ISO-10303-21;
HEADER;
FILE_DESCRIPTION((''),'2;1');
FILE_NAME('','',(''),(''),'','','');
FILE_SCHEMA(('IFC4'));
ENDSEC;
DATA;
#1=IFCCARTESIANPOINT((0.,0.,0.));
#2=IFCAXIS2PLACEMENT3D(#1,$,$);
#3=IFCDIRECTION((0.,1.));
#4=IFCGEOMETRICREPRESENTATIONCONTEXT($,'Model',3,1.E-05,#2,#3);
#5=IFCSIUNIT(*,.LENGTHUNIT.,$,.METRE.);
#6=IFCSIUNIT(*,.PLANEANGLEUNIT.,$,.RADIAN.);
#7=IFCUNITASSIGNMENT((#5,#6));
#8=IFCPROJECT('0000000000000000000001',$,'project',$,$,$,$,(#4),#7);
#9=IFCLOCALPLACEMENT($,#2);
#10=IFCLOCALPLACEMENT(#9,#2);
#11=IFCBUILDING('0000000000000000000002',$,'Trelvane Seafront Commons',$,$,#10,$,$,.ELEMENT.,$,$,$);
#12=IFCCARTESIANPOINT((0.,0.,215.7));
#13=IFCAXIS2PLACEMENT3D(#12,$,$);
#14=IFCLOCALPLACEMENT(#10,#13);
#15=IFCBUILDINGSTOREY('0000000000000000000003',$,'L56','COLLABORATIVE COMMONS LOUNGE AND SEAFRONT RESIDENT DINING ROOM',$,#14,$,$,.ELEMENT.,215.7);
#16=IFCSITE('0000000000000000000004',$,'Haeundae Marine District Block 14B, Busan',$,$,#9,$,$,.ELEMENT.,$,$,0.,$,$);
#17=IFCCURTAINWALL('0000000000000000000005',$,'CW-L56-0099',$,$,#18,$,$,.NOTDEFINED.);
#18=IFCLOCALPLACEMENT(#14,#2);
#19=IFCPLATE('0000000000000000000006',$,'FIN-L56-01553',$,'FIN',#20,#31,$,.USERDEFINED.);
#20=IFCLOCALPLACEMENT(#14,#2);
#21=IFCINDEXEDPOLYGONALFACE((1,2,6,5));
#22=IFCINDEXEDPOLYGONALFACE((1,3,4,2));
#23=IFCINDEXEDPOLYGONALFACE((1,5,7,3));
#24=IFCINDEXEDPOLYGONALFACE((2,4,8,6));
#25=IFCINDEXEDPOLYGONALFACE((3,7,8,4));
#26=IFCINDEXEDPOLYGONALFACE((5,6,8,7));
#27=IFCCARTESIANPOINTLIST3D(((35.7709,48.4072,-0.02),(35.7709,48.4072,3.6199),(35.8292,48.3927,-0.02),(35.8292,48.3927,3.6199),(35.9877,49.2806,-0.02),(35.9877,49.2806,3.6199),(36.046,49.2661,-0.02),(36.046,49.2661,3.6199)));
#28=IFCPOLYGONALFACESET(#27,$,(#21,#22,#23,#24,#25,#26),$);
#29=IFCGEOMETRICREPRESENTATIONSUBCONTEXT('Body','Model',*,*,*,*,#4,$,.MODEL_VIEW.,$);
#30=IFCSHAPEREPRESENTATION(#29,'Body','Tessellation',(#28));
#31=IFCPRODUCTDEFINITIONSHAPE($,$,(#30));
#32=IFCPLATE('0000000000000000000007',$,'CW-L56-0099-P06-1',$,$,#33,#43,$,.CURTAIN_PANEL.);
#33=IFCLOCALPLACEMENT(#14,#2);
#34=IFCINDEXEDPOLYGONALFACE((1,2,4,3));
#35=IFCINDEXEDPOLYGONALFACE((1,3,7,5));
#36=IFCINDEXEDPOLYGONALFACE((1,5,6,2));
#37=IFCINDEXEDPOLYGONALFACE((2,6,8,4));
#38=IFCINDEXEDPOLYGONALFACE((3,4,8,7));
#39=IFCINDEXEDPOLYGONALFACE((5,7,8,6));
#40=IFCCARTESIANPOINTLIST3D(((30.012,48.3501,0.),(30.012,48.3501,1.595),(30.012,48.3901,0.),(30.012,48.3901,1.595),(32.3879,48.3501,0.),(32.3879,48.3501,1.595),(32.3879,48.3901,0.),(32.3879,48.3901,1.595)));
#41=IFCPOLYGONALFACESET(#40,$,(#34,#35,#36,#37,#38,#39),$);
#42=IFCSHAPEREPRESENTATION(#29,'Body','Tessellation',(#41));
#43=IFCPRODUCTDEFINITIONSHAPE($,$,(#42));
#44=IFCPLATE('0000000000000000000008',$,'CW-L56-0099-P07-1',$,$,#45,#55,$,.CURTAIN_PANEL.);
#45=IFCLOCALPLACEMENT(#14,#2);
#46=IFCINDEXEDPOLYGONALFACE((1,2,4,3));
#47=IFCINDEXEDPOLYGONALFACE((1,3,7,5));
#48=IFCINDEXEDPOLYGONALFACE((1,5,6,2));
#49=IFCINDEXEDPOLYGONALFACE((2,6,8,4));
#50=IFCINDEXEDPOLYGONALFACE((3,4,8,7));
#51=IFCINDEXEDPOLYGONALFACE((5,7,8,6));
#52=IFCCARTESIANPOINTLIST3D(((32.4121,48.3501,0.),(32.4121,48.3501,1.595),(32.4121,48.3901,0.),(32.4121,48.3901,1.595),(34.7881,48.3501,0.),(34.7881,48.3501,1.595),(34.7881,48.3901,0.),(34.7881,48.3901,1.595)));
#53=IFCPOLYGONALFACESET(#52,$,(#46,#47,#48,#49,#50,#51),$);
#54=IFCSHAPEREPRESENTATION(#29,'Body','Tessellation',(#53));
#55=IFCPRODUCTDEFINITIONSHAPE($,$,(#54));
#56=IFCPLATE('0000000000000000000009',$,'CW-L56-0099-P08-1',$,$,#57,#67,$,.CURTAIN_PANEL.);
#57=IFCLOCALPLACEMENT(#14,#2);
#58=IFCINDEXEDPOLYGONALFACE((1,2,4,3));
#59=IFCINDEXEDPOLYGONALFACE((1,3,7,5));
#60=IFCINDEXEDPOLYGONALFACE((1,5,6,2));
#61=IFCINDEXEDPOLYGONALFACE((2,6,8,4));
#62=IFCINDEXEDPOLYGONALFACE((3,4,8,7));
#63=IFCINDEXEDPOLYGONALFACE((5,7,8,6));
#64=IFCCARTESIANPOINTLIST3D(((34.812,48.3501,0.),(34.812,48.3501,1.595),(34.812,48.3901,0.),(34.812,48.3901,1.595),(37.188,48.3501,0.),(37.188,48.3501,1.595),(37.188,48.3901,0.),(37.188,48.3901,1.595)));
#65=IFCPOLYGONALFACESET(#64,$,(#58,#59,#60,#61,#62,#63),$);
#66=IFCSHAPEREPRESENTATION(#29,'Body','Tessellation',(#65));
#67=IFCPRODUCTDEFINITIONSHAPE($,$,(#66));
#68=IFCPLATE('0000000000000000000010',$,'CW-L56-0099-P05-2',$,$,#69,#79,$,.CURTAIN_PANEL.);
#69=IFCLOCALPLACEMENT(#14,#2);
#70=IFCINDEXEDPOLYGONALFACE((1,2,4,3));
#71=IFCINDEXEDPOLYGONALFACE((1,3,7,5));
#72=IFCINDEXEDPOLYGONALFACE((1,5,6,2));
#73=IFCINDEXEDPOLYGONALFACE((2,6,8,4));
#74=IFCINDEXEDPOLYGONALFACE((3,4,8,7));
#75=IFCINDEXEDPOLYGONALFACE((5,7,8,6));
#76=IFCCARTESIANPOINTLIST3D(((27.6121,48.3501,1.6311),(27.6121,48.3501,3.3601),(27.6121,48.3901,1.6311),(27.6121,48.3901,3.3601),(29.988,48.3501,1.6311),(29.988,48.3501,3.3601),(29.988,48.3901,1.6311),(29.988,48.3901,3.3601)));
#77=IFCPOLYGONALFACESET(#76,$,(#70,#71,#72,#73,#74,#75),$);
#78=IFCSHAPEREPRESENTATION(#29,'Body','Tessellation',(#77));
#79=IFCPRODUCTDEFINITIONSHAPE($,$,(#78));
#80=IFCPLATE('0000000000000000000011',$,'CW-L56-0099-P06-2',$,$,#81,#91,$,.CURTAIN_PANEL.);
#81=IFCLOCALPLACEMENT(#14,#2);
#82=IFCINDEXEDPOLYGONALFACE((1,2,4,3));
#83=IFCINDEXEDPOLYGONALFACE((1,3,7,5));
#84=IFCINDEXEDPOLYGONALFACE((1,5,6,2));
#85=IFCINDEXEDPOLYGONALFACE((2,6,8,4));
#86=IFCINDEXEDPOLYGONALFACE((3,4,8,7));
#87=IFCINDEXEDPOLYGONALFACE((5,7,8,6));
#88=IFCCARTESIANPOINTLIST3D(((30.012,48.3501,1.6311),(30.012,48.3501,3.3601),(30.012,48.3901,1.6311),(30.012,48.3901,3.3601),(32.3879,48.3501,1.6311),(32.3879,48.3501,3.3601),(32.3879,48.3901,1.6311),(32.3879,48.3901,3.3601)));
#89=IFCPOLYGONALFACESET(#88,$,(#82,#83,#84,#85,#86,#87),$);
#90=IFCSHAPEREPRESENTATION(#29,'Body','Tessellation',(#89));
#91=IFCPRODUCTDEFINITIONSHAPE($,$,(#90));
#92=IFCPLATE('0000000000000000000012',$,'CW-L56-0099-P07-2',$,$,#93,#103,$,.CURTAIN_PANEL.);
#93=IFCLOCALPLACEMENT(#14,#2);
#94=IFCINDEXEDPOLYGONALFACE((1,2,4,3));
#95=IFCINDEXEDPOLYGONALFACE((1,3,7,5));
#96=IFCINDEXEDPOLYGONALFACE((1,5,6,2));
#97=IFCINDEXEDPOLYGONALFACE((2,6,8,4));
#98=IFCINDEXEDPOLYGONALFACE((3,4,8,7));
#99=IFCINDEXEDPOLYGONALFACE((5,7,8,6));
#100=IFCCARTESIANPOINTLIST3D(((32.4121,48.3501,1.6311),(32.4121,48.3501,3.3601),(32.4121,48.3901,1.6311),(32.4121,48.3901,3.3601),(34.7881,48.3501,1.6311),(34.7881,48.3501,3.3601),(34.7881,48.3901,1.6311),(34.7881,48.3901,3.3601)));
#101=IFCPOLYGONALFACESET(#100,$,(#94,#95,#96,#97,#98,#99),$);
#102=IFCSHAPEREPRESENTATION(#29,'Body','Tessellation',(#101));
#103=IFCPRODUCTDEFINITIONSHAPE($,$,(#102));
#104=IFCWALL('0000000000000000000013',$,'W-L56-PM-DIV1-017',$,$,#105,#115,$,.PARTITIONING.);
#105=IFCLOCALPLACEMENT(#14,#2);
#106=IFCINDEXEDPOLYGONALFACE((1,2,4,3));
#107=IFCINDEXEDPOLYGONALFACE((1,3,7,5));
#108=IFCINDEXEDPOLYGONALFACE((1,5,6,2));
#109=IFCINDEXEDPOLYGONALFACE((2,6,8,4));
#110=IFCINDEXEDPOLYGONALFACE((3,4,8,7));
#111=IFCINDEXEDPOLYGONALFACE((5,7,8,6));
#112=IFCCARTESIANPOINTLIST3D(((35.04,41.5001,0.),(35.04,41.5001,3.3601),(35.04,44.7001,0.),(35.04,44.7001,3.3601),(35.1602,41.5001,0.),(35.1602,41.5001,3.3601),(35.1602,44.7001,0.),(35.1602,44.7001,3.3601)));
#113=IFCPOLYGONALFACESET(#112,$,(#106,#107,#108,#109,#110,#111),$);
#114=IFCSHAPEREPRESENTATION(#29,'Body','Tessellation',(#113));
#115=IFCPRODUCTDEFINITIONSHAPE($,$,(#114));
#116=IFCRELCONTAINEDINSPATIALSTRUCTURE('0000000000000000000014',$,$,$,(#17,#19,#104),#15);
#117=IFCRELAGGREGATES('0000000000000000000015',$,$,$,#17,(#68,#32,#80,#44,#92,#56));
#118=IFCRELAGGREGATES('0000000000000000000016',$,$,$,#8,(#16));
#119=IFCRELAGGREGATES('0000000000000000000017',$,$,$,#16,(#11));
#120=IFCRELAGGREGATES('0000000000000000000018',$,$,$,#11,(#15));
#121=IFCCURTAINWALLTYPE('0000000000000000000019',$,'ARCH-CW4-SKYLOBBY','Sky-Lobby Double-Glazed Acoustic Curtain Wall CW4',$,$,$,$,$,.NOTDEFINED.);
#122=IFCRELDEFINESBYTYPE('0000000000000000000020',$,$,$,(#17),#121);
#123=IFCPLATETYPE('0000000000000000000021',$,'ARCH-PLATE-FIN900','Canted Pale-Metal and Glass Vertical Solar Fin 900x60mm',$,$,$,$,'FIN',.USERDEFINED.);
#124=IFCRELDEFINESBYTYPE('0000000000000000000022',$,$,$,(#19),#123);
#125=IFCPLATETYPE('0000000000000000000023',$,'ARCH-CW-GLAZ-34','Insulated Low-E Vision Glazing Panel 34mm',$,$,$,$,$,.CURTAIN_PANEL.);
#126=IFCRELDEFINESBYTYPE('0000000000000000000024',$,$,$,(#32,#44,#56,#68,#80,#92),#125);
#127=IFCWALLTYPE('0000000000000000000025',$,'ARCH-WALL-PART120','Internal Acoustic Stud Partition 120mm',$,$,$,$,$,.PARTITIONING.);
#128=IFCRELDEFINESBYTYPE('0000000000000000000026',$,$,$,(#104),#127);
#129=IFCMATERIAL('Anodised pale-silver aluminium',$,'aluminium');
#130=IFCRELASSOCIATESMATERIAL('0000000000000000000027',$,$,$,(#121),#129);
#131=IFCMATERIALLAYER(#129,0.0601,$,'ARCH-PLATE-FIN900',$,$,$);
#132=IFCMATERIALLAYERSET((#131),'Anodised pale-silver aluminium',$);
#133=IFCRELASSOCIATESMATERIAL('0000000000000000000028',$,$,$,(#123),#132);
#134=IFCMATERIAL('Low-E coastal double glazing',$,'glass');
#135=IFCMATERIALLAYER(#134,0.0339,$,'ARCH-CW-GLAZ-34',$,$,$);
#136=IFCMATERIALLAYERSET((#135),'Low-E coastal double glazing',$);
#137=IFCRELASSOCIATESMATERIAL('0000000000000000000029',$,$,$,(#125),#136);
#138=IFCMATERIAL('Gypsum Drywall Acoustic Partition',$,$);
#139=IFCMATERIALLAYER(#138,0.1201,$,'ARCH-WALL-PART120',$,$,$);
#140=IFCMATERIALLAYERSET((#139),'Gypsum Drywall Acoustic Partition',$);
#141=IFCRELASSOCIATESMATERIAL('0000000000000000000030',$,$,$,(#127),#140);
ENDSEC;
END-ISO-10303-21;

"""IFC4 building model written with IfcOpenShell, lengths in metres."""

from ifc_helpers import new_model, si_unit, direction, frame, frame_2d, origin, origin_2d, place, context, subcontext, project, spatial, rectangle, extrude, source, transform, mapped, material, layer, layer_set, type_object, element, aggregate, save


model = new_model("IFC4")

# Units and contexts
model_context = context("Model", 3, precision=1e-05, world=origin(), true_north=direction((0.0, 1.0)))
body_context = subcontext(model_context, "Body", "Model", "MODEL_VIEW")
ifc_project = project(units=[si_unit("LENGTHUNIT", "METRE"), si_unit("PLANEANGLEUNIT", "RADIAN")], contexts=[model_context])

# Site, building, storey
site_placement = place(None, origin())
site = spatial("IfcSite", under=ifc_project, at=site_placement, Name="Haeundae Marine District Block 14B, Busan", CompositionType="ELEMENT", RefElevation=0.0)
building_placement = place(site_placement, origin())
building = spatial("IfcBuilding", under=site, at=building_placement, Name="Trelvane Seafront Commons", CompositionType="ELEMENT")
storey_placement = place(building_placement, frame((0.0, 0.0, 215.7)))
storey = spatial("IfcBuildingStorey", under=building, at=storey_placement, Name="L56", Description="COLLABORATIVE COMMONS LOUNGE AND SEAFRONT RESIDENT DINING ROOM", CompositionType="ELEMENT", Elevation=215.7)

# Curtain wall
ifc_material_1 = material(Name="Anodised pale-silver aluminium", Category="aluminium")
curtain_wall_type = type_object("IfcCurtainWallType", Name="ARCH-CW4-SKYLOBBY", Description="Sky-Lobby Double-Glazed Acoustic Curtain Wall CW4", PredefinedType="NOTDEFINED", material=ifc_material_1)
curtain_wall_placement = place(storey_placement, origin())
curtain_wall = element("IfcCurtainWall", 1, at=curtain_wall_placement, inside=storey, type_object=curtain_wall_type, Name="CW-L56-0099", PredefinedType="NOTDEFINED")

# Plate
ifc_layer_1 = layer(ifc_material_1, 0.0601, Name="ARCH-PLATE-FIN900")
ifc_layer_set_1 = layer_set([ifc_layer_1], Name="Anodised pale-silver aluminium")
plate_type_1 = type_object("IfcPlateType", Name="ARCH-PLATE-FIN900", Description="Canted Pale-Metal and Glass Vertical Solar Fin 900x60mm", ElementType="FIN", PredefinedType="USERDEFINED", material=ifc_layer_set_1)
shared_shape_1 = source(origin(), body_context, "Body", "SweptSolid", [
    extrude(rectangle(XDim=0.8999, YDim=0.0601, at=origin_2d()), origin(), (0.0, 0.0, 1.0), 3.6399),
])
for number, where, z_axis, x_axis, name in (
    (2, (35.9084, 48.8367, -0.02), (0.0, 0.0, 1.0), (0.240992, 0.970527, 0.0), "FIN-L56-01553"),
):
    element("IfcPlate", number, at=place(storey_placement, frame(where, z_axis=z_axis, x_axis=x_axis)), inside=storey, type_object=plate_type_1, Name=name, ObjectType="FIN", PredefinedType="USERDEFINED", context=body_context, shape_type="MappedRepresentation", body=[
        mapped(shared_shape_1, transform((0.0, 0.0, 0.0), x_axis=(1.0, 0.0, 0.0), y_axis=(0.0, 1.0, 0.0), z_axis=(0.0, 0.0, 1.0), scale=1.0)),
    ])

# Plates
ifc_material_2 = material(Name="Low-E coastal double glazing", Category="glass")
ifc_layer_2 = layer(ifc_material_2, 0.0339, Name="ARCH-CW-GLAZ-34")
ifc_layer_set_2 = layer_set([ifc_layer_2], Name="Low-E coastal double glazing")
plate_type_2 = type_object("IfcPlateType", Name="ARCH-CW-GLAZ-34", Description="Insulated Low-E Vision Glazing Panel 34mm", PredefinedType="CURTAIN_PANEL", material=ifc_layer_set_2)
shared_shape_2 = source(origin(), body_context, "Body", "SweptSolid", [
    extrude(rectangle(XDim=2.376, YDim=0.04, at=origin_2d()), origin(), (0.0, 0.0, 1.0), 1.595),
])
plate_1_placement = place(storey_placement, frame((31.2, 48.3701, 0.0), z_axis=(0.0, 0.0, 1.0), x_axis=(1.0, 0.0, 0.0)))
plate_1 = element("IfcPlate", 3, at=plate_1_placement, type_object=plate_type_2, Name="CW-L56-0099-P06-1", PredefinedType="CURTAIN_PANEL", context=body_context, shape_type="MappedRepresentation", body=[
    mapped(shared_shape_2, transform((0.0, 0.0, 0.0), x_axis=(1.0, 0.0, 0.0), y_axis=(0.0, 1.0, 0.0), z_axis=(0.0, 0.0, 1.0), scale=1.0)),
])
plate_2_placement = place(storey_placement, frame((33.6001, 48.3701, 0.0), z_axis=(0.0, 0.0, 1.0), x_axis=(1.0, 0.0, 0.0)))
plate_2 = element("IfcPlate", 4, at=plate_2_placement, type_object=plate_type_2, Name="CW-L56-0099-P07-1", PredefinedType="CURTAIN_PANEL", context=body_context, shape_type="MappedRepresentation", body=[
    mapped(shared_shape_2, transform((0.0, 0.0, 0.0), x_axis=(1.0, 0.0, 0.0), y_axis=(0.0, 1.0, 0.0), z_axis=(0.0, 0.0, 1.0), scale=1.0)),
])
plate_3_placement = place(storey_placement, frame((36.0, 48.3701, 0.0), z_axis=(0.0, 0.0, 1.0), x_axis=(1.0, 0.0, 0.0)))
plate_3 = element("IfcPlate", 5, at=plate_3_placement, type_object=plate_type_2, Name="CW-L56-0099-P08-1", PredefinedType="CURTAIN_PANEL", context=body_context, shape_type="MappedRepresentation", body=[
    mapped(shared_shape_2, transform((0.0, 0.0, 0.0), x_axis=(1.0, 0.0, 0.0), y_axis=(0.0, 1.0, 0.0), z_axis=(0.0, 0.0, 1.0), scale=1.0)),
])
shared_shape_3 = source(origin(), body_context, "Body", "SweptSolid", [
    extrude(rectangle(XDim=2.376, YDim=0.04, at=origin_2d()), origin(), (0.0, 0.0, 1.0), 1.729),
])
plate_4_placement = place(storey_placement, frame((28.8, 48.3701, 1.6311), z_axis=(0.0, 0.0, 1.0), x_axis=(1.0, 0.0, 0.0)))
plate_4 = element("IfcPlate", 6, at=plate_4_placement, type_object=plate_type_2, Name="CW-L56-0099-P05-2", PredefinedType="CURTAIN_PANEL", context=body_context, shape_type="MappedRepresentation", body=[
    mapped(shared_shape_3, transform((0.0, 0.0, 0.0), x_axis=(1.0, 0.0, 0.0), y_axis=(0.0, 1.0, 0.0), z_axis=(0.0, 0.0, 1.0), scale=1.0)),
])
plate_5_placement = place(storey_placement, frame((31.2, 48.3701, 1.6311), z_axis=(0.0, 0.0, 1.0), x_axis=(1.0, 0.0, 0.0)))
plate_5 = element("IfcPlate", 7, at=plate_5_placement, type_object=plate_type_2, Name="CW-L56-0099-P06-2", PredefinedType="CURTAIN_PANEL", context=body_context, shape_type="MappedRepresentation", body=[
    mapped(shared_shape_3, transform((0.0, 0.0, 0.0), x_axis=(1.0, 0.0, 0.0), y_axis=(0.0, 1.0, 0.0), z_axis=(0.0, 0.0, 1.0), scale=1.0)),
])
plate_6_placement = place(storey_placement, frame((33.6001, 48.3701, 1.6311), z_axis=(0.0, 0.0, 1.0), x_axis=(1.0, 0.0, 0.0)))
plate_6 = element("IfcPlate", 8, at=plate_6_placement, type_object=plate_type_2, Name="CW-L56-0099-P07-2", PredefinedType="CURTAIN_PANEL", context=body_context, shape_type="MappedRepresentation", body=[
    mapped(shared_shape_3, transform((0.0, 0.0, 0.0), x_axis=(1.0, 0.0, 0.0), y_axis=(0.0, 1.0, 0.0), z_axis=(0.0, 0.0, 1.0), scale=1.0)),
])
aggregate(curtain_wall, [plate_4, plate_1, plate_5, plate_2, plate_6, plate_3])

# Wall
ifc_material_3 = material(Name="Gypsum Drywall Acoustic Partition")
ifc_layer_3 = layer(ifc_material_3, 0.1201, Name="ARCH-WALL-PART120")
ifc_layer_set_3 = layer_set([ifc_layer_3], Name="Gypsum Drywall Acoustic Partition")
wall_type_1 = type_object("IfcWallType", Name="ARCH-WALL-PART120", Description="Internal Acoustic Stud Partition 120mm", PredefinedType="PARTITIONING", material=ifc_layer_set_3)
wall_1_placement = place(storey_placement, frame((35.1001, 41.5, 0.0), z_axis=(0.0, 0.0, 1.0), x_axis=(0.0, 1.0, 0.0)))
element("IfcWall", 9, at=wall_1_placement, inside=storey, type_object=wall_type_1, Name="W-L56-PM-DIV1-017", PredefinedType="PARTITIONING", context=body_context, shape_type="SweptSolid", body=[
    extrude(rectangle(XDim=3.2, YDim=0.1201, at=frame_2d((1.6001, 0.0))), origin(), (0.0, 0.0, 1.0), 3.3601),
])

save(model, "model.ifc")
